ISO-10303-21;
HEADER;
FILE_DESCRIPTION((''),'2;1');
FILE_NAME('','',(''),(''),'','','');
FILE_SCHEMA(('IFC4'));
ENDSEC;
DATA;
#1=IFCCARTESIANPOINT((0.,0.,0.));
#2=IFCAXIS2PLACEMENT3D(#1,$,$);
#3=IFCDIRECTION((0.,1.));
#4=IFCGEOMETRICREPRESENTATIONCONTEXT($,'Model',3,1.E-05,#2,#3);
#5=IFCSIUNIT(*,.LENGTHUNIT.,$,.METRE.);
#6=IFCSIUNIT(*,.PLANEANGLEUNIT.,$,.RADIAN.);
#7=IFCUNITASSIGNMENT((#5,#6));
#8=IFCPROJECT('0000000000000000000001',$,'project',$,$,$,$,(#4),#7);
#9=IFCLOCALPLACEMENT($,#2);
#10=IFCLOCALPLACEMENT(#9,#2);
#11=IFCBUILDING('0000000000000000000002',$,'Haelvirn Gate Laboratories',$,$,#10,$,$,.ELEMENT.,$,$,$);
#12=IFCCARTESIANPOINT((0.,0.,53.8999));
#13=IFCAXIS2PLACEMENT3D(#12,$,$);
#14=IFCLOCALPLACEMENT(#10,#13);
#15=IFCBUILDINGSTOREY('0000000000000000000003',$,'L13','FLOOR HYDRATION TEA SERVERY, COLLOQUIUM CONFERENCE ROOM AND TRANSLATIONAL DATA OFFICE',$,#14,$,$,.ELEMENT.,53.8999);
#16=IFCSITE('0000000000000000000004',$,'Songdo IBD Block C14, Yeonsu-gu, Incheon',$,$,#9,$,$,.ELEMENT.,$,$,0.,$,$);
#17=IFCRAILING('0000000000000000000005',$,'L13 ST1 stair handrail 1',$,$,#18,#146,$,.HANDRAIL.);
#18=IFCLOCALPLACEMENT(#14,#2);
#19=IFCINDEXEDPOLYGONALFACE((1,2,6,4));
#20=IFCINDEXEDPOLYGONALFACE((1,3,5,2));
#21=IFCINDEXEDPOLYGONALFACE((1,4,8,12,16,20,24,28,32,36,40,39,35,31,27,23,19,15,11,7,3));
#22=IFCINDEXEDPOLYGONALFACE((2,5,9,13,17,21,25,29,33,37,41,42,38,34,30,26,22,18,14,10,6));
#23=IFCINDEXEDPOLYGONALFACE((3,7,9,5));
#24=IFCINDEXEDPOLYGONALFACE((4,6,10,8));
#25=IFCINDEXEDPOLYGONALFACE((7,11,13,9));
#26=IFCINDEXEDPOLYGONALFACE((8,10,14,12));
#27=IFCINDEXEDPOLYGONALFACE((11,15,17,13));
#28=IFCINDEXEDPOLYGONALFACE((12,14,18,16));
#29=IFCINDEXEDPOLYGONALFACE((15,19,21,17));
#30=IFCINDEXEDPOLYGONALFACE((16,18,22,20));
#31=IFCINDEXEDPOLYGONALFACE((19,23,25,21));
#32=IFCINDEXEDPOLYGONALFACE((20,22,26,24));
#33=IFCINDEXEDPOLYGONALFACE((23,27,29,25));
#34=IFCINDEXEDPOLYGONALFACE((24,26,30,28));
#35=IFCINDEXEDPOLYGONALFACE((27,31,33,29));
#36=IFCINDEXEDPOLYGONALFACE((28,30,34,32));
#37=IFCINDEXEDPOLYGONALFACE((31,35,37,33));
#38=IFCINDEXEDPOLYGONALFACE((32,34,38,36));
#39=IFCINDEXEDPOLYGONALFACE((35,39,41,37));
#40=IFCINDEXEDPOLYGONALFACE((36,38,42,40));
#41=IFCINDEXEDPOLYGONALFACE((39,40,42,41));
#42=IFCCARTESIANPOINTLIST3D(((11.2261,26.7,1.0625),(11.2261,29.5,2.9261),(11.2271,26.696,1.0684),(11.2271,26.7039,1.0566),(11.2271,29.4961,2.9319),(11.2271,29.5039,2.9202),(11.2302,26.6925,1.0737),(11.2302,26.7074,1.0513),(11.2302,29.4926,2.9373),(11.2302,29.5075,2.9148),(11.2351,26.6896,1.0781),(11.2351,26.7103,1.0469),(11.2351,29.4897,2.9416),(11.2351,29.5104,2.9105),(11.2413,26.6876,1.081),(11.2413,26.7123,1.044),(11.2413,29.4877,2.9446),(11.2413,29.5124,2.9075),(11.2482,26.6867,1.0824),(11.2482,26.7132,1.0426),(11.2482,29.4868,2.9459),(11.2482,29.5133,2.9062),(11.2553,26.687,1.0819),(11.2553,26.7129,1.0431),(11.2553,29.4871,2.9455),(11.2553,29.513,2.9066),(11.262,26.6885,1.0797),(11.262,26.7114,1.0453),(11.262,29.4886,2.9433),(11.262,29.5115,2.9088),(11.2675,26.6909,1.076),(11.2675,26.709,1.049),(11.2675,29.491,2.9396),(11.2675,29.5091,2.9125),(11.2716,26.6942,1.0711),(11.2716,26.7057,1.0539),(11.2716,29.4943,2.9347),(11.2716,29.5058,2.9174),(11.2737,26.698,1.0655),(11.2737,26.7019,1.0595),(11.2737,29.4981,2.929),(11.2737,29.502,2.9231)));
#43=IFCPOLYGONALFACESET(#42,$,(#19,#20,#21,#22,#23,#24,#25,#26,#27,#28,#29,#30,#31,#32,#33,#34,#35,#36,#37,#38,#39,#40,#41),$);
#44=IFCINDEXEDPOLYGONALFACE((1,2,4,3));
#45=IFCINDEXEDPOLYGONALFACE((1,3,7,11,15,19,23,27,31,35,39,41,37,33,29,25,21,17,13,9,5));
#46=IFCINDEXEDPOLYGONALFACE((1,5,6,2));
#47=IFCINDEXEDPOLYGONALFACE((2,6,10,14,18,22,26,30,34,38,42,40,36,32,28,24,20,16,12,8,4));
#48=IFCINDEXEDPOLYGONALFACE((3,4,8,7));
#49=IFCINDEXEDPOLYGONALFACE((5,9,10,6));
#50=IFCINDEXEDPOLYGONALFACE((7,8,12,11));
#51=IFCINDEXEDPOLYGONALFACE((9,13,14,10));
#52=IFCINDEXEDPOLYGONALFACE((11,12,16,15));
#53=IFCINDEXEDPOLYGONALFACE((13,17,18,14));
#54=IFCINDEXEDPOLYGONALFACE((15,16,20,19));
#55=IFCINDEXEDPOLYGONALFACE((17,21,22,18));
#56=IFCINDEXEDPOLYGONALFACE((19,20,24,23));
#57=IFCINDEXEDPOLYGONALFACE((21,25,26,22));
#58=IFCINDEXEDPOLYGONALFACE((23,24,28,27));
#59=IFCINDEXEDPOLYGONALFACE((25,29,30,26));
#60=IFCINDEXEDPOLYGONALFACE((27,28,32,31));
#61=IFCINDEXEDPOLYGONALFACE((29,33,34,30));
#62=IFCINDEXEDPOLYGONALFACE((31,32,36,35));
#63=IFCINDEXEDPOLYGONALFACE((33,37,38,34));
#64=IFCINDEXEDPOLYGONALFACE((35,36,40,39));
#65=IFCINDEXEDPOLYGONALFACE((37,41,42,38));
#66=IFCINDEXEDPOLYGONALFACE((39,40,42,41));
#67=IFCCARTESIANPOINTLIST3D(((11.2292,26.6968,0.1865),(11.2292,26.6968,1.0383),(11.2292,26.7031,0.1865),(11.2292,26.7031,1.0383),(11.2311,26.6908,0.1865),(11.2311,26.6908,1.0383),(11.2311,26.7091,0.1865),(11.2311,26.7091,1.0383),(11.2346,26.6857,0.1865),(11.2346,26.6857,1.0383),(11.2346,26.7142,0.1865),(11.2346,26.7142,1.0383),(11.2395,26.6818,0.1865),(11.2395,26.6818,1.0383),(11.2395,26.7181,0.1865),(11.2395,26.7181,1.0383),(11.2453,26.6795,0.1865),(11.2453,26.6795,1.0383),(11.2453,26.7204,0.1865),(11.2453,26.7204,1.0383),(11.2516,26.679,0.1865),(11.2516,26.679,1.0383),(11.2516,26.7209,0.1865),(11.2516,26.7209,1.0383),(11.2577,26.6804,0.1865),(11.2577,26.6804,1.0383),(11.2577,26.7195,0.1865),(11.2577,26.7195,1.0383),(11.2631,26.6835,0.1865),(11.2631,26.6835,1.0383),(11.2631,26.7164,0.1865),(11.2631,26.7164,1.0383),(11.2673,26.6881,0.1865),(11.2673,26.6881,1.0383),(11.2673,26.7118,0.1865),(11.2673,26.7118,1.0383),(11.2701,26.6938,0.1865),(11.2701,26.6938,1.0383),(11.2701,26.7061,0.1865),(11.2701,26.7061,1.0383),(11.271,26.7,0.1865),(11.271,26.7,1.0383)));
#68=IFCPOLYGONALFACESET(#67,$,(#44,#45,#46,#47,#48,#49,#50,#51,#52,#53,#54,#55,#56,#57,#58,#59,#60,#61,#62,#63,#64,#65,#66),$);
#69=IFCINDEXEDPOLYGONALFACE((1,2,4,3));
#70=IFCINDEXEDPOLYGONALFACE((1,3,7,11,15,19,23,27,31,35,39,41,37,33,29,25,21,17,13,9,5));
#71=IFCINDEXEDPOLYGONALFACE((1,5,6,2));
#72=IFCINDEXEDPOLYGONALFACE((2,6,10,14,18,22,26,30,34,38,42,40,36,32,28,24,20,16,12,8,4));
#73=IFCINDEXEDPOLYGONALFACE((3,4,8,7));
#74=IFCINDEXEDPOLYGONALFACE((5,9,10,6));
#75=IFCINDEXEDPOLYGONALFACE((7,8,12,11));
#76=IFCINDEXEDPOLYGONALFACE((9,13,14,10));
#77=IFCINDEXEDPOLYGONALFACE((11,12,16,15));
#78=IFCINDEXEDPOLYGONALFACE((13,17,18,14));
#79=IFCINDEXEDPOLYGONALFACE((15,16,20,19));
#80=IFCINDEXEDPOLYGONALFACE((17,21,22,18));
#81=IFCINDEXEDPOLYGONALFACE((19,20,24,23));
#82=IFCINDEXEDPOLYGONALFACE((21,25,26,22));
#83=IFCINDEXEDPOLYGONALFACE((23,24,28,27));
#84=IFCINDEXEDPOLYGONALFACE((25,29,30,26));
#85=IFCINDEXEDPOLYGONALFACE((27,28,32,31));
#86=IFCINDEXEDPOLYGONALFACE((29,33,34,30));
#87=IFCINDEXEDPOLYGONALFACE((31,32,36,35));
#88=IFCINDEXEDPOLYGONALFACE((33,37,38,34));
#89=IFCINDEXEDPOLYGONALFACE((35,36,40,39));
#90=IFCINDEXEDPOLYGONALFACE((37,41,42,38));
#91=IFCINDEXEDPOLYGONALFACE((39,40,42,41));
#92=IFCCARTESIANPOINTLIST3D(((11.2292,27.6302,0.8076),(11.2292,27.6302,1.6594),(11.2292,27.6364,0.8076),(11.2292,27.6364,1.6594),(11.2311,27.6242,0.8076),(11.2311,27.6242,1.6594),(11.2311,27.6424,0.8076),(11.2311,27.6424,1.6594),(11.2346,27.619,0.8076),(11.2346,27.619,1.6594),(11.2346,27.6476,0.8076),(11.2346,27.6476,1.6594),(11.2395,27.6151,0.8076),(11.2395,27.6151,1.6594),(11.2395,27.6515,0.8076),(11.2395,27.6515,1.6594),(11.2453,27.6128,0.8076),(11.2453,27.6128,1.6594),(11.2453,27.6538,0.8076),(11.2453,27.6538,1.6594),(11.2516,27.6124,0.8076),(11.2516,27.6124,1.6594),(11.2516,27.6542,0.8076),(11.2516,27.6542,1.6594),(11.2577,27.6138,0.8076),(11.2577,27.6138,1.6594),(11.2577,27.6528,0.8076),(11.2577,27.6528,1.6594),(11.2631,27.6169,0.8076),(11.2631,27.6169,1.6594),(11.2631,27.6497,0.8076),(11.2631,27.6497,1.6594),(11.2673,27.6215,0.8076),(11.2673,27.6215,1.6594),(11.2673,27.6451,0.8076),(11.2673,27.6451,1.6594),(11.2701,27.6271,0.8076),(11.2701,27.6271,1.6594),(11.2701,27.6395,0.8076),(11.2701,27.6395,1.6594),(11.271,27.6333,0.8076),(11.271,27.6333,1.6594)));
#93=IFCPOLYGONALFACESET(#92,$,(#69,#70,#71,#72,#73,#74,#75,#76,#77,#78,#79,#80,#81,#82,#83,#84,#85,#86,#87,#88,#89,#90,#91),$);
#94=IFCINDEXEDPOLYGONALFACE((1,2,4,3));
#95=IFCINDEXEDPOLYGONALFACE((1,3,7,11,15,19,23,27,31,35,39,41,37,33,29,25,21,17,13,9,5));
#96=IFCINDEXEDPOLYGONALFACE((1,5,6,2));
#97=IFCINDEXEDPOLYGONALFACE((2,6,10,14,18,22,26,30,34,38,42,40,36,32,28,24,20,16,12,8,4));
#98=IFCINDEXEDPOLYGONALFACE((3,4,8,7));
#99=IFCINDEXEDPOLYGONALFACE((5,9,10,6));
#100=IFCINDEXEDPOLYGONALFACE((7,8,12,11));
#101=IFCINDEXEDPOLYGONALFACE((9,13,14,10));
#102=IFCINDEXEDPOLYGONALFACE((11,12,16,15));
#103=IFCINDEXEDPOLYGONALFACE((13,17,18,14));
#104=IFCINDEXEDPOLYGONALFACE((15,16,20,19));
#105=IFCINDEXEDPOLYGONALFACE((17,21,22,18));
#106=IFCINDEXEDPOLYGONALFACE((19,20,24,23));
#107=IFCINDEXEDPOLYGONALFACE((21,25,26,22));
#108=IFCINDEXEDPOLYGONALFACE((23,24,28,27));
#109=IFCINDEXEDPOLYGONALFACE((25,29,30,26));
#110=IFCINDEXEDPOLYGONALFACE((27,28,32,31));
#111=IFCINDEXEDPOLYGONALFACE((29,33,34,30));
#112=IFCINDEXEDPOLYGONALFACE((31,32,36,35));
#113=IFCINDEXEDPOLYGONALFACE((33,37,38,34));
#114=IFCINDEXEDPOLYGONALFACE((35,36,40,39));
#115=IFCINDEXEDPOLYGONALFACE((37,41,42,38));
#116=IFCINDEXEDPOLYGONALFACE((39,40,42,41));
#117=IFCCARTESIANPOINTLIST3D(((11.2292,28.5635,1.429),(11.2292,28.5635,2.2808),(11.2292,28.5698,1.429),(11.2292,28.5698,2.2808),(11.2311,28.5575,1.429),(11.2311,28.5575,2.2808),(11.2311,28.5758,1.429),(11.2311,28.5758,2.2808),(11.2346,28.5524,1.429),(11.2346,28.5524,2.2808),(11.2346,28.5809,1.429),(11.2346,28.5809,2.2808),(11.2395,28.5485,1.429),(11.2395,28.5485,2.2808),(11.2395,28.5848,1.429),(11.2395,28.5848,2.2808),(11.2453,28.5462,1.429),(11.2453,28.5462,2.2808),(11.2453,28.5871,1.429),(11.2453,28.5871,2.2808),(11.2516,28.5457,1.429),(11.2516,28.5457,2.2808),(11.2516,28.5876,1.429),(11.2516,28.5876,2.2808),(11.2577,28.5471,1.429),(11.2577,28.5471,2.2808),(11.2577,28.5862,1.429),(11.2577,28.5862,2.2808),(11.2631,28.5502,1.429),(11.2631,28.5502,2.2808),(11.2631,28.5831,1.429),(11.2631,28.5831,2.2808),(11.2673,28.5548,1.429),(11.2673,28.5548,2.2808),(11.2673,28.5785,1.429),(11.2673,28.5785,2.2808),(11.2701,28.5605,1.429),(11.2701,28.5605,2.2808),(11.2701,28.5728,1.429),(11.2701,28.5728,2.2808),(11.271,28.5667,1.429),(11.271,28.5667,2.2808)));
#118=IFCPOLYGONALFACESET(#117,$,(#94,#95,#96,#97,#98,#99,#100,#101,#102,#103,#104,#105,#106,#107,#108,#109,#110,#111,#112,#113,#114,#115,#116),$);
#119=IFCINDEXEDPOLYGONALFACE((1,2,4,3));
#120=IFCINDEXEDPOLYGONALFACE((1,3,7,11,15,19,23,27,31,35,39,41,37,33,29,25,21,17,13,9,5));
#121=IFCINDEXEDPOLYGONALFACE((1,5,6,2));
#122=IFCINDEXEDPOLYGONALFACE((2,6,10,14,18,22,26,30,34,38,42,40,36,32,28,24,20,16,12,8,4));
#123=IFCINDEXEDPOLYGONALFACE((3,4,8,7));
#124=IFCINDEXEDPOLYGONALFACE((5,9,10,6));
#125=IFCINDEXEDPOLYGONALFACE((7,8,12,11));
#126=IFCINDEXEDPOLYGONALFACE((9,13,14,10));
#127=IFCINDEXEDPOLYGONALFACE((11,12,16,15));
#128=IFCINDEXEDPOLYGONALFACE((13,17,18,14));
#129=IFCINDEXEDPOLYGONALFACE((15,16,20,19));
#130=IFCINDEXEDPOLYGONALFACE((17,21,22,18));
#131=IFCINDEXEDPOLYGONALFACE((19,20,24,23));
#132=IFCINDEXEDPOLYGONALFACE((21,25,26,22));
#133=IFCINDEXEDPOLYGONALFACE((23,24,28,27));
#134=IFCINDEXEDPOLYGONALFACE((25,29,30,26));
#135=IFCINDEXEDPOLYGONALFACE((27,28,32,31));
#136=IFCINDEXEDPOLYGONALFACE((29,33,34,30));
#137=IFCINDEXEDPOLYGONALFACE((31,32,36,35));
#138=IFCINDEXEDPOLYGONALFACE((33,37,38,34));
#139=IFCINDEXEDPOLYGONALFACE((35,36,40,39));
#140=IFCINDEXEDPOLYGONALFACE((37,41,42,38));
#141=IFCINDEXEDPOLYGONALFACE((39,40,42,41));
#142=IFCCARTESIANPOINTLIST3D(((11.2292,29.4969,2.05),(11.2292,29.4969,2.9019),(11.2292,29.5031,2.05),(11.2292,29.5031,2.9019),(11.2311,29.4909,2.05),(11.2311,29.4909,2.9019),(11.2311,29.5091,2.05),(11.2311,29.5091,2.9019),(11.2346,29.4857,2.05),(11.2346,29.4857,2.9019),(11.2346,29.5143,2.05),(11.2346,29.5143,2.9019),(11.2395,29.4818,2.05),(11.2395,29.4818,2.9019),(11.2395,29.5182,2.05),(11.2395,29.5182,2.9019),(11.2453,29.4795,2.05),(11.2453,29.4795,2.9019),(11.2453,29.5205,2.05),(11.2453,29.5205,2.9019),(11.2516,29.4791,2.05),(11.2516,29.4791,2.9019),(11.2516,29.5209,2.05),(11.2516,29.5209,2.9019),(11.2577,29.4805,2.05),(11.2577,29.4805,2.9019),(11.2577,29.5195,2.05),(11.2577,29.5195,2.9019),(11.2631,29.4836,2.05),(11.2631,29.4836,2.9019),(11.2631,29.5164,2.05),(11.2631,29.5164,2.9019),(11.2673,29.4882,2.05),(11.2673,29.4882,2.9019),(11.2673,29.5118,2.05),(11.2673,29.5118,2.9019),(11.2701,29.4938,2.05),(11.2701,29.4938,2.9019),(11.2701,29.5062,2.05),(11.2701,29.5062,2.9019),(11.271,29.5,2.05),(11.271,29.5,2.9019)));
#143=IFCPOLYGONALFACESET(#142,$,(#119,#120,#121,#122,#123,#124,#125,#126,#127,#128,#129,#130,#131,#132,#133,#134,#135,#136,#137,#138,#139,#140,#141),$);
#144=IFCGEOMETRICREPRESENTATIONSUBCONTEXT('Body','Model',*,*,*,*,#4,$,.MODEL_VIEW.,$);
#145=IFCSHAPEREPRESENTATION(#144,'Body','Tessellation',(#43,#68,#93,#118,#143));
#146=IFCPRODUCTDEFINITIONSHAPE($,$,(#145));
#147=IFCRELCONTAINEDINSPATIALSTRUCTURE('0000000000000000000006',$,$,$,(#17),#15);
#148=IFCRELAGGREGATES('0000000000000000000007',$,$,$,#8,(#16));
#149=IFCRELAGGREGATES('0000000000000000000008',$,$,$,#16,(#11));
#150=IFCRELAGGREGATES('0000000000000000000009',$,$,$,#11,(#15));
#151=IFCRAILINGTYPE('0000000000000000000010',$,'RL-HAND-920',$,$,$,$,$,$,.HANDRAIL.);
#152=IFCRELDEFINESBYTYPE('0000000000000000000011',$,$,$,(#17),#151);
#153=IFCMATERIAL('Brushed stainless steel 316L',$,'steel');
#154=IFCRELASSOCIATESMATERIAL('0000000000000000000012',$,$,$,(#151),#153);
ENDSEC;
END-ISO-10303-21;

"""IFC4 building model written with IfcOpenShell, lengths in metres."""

from ifc_helpers import new_model, si_unit, direction, frame, origin, origin_2d, place, context, subcontext, project, spatial, circle, extrude, source, transform, mapped, material, type_object, type_shapes, element, save


model = new_model("IFC4")

# Units and contexts
model_context = context("Model", 3, precision=1e-05, world=origin(), true_north=direction((0.0, 1.0)))
body_context = subcontext(model_context, "Body", "Model", "MODEL_VIEW")
ifc_project = project(units=[si_unit("LENGTHUNIT", "METRE"), si_unit("PLANEANGLEUNIT", "RADIAN")], contexts=[model_context])

# Site, building, storey
site_placement = place(None, origin())
site = spatial("IfcSite", under=ifc_project, at=site_placement, Name="Songdo IBD Block C14, Yeonsu-gu, Incheon", CompositionType="ELEMENT", RefElevation=0.0)
building_placement = place(site_placement, origin())
building = spatial("IfcBuilding", under=site, at=building_placement, Name="Haelvirn Gate Laboratories", CompositionType="ELEMENT")
storey_placement = place(building_placement, frame((0.0, 0.0, 53.8999)))
storey = spatial("IfcBuildingStorey", under=building, at=storey_placement, Name="L13", Description="FLOOR HYDRATION TEA SERVERY, COLLOQUIUM CONFERENCE ROOM AND TRANSLATIONAL DATA OFFICE", CompositionType="ELEMENT", Elevation=53.8999)

# Railing
ifc_material_1 = material(Name="Brushed stainless steel 316L", Category="steel")
railing_type = type_object("IfcRailingType", Name="RL-HAND-920", PredefinedType="HANDRAIL", material=ifc_material_1)
shared_shape_1 = source(origin(), body_context, "Body", "SweptSolid", [
    extrude(circle(Radius=0.0239, at=origin_2d()), frame((0.0, 0.0, 0.876), z_axis=(0.0, 0.832486, 0.554047), x_axis=(-1.0, 0.0, 0.0)), (0.0, 0.0, 1.0), 3.3635),
    extrude(circle(Radius=0.021, at=origin_2d()), origin(), (0.0, 0.0, 1.0), 0.8518),
    extrude(circle(Radius=0.021, at=origin_2d()), frame((0.0, 0.9333, 0.6211)), (0.0, 0.0, 1.0), 0.8518),
    extrude(circle(Radius=0.021, at=origin_2d()), frame((0.0, 1.8667, 1.2424)), (0.0, 0.0, 1.0), 0.8518),
    extrude(circle(Radius=0.021, at=origin_2d()), frame((0.0, 2.8, 1.8635)), (0.0, 0.0, 1.0), 0.8518),
])
type_shapes(railing_type, [shared_shape_1])
railing_placement = place(storey_placement, frame((11.25, 26.7, 0.1865)))
element("IfcRailing", 1, at=railing_placement, inside=storey, type_object=railing_type, Name="L13 ST1 stair handrail 1", PredefinedType="HANDRAIL", context=body_context, shape_type="MappedRepresentation", body=[
    mapped(shared_shape_1, transform((0.0, 0.0, 0.0), scale=1.0)),
])

save(model, "model.ifc")
